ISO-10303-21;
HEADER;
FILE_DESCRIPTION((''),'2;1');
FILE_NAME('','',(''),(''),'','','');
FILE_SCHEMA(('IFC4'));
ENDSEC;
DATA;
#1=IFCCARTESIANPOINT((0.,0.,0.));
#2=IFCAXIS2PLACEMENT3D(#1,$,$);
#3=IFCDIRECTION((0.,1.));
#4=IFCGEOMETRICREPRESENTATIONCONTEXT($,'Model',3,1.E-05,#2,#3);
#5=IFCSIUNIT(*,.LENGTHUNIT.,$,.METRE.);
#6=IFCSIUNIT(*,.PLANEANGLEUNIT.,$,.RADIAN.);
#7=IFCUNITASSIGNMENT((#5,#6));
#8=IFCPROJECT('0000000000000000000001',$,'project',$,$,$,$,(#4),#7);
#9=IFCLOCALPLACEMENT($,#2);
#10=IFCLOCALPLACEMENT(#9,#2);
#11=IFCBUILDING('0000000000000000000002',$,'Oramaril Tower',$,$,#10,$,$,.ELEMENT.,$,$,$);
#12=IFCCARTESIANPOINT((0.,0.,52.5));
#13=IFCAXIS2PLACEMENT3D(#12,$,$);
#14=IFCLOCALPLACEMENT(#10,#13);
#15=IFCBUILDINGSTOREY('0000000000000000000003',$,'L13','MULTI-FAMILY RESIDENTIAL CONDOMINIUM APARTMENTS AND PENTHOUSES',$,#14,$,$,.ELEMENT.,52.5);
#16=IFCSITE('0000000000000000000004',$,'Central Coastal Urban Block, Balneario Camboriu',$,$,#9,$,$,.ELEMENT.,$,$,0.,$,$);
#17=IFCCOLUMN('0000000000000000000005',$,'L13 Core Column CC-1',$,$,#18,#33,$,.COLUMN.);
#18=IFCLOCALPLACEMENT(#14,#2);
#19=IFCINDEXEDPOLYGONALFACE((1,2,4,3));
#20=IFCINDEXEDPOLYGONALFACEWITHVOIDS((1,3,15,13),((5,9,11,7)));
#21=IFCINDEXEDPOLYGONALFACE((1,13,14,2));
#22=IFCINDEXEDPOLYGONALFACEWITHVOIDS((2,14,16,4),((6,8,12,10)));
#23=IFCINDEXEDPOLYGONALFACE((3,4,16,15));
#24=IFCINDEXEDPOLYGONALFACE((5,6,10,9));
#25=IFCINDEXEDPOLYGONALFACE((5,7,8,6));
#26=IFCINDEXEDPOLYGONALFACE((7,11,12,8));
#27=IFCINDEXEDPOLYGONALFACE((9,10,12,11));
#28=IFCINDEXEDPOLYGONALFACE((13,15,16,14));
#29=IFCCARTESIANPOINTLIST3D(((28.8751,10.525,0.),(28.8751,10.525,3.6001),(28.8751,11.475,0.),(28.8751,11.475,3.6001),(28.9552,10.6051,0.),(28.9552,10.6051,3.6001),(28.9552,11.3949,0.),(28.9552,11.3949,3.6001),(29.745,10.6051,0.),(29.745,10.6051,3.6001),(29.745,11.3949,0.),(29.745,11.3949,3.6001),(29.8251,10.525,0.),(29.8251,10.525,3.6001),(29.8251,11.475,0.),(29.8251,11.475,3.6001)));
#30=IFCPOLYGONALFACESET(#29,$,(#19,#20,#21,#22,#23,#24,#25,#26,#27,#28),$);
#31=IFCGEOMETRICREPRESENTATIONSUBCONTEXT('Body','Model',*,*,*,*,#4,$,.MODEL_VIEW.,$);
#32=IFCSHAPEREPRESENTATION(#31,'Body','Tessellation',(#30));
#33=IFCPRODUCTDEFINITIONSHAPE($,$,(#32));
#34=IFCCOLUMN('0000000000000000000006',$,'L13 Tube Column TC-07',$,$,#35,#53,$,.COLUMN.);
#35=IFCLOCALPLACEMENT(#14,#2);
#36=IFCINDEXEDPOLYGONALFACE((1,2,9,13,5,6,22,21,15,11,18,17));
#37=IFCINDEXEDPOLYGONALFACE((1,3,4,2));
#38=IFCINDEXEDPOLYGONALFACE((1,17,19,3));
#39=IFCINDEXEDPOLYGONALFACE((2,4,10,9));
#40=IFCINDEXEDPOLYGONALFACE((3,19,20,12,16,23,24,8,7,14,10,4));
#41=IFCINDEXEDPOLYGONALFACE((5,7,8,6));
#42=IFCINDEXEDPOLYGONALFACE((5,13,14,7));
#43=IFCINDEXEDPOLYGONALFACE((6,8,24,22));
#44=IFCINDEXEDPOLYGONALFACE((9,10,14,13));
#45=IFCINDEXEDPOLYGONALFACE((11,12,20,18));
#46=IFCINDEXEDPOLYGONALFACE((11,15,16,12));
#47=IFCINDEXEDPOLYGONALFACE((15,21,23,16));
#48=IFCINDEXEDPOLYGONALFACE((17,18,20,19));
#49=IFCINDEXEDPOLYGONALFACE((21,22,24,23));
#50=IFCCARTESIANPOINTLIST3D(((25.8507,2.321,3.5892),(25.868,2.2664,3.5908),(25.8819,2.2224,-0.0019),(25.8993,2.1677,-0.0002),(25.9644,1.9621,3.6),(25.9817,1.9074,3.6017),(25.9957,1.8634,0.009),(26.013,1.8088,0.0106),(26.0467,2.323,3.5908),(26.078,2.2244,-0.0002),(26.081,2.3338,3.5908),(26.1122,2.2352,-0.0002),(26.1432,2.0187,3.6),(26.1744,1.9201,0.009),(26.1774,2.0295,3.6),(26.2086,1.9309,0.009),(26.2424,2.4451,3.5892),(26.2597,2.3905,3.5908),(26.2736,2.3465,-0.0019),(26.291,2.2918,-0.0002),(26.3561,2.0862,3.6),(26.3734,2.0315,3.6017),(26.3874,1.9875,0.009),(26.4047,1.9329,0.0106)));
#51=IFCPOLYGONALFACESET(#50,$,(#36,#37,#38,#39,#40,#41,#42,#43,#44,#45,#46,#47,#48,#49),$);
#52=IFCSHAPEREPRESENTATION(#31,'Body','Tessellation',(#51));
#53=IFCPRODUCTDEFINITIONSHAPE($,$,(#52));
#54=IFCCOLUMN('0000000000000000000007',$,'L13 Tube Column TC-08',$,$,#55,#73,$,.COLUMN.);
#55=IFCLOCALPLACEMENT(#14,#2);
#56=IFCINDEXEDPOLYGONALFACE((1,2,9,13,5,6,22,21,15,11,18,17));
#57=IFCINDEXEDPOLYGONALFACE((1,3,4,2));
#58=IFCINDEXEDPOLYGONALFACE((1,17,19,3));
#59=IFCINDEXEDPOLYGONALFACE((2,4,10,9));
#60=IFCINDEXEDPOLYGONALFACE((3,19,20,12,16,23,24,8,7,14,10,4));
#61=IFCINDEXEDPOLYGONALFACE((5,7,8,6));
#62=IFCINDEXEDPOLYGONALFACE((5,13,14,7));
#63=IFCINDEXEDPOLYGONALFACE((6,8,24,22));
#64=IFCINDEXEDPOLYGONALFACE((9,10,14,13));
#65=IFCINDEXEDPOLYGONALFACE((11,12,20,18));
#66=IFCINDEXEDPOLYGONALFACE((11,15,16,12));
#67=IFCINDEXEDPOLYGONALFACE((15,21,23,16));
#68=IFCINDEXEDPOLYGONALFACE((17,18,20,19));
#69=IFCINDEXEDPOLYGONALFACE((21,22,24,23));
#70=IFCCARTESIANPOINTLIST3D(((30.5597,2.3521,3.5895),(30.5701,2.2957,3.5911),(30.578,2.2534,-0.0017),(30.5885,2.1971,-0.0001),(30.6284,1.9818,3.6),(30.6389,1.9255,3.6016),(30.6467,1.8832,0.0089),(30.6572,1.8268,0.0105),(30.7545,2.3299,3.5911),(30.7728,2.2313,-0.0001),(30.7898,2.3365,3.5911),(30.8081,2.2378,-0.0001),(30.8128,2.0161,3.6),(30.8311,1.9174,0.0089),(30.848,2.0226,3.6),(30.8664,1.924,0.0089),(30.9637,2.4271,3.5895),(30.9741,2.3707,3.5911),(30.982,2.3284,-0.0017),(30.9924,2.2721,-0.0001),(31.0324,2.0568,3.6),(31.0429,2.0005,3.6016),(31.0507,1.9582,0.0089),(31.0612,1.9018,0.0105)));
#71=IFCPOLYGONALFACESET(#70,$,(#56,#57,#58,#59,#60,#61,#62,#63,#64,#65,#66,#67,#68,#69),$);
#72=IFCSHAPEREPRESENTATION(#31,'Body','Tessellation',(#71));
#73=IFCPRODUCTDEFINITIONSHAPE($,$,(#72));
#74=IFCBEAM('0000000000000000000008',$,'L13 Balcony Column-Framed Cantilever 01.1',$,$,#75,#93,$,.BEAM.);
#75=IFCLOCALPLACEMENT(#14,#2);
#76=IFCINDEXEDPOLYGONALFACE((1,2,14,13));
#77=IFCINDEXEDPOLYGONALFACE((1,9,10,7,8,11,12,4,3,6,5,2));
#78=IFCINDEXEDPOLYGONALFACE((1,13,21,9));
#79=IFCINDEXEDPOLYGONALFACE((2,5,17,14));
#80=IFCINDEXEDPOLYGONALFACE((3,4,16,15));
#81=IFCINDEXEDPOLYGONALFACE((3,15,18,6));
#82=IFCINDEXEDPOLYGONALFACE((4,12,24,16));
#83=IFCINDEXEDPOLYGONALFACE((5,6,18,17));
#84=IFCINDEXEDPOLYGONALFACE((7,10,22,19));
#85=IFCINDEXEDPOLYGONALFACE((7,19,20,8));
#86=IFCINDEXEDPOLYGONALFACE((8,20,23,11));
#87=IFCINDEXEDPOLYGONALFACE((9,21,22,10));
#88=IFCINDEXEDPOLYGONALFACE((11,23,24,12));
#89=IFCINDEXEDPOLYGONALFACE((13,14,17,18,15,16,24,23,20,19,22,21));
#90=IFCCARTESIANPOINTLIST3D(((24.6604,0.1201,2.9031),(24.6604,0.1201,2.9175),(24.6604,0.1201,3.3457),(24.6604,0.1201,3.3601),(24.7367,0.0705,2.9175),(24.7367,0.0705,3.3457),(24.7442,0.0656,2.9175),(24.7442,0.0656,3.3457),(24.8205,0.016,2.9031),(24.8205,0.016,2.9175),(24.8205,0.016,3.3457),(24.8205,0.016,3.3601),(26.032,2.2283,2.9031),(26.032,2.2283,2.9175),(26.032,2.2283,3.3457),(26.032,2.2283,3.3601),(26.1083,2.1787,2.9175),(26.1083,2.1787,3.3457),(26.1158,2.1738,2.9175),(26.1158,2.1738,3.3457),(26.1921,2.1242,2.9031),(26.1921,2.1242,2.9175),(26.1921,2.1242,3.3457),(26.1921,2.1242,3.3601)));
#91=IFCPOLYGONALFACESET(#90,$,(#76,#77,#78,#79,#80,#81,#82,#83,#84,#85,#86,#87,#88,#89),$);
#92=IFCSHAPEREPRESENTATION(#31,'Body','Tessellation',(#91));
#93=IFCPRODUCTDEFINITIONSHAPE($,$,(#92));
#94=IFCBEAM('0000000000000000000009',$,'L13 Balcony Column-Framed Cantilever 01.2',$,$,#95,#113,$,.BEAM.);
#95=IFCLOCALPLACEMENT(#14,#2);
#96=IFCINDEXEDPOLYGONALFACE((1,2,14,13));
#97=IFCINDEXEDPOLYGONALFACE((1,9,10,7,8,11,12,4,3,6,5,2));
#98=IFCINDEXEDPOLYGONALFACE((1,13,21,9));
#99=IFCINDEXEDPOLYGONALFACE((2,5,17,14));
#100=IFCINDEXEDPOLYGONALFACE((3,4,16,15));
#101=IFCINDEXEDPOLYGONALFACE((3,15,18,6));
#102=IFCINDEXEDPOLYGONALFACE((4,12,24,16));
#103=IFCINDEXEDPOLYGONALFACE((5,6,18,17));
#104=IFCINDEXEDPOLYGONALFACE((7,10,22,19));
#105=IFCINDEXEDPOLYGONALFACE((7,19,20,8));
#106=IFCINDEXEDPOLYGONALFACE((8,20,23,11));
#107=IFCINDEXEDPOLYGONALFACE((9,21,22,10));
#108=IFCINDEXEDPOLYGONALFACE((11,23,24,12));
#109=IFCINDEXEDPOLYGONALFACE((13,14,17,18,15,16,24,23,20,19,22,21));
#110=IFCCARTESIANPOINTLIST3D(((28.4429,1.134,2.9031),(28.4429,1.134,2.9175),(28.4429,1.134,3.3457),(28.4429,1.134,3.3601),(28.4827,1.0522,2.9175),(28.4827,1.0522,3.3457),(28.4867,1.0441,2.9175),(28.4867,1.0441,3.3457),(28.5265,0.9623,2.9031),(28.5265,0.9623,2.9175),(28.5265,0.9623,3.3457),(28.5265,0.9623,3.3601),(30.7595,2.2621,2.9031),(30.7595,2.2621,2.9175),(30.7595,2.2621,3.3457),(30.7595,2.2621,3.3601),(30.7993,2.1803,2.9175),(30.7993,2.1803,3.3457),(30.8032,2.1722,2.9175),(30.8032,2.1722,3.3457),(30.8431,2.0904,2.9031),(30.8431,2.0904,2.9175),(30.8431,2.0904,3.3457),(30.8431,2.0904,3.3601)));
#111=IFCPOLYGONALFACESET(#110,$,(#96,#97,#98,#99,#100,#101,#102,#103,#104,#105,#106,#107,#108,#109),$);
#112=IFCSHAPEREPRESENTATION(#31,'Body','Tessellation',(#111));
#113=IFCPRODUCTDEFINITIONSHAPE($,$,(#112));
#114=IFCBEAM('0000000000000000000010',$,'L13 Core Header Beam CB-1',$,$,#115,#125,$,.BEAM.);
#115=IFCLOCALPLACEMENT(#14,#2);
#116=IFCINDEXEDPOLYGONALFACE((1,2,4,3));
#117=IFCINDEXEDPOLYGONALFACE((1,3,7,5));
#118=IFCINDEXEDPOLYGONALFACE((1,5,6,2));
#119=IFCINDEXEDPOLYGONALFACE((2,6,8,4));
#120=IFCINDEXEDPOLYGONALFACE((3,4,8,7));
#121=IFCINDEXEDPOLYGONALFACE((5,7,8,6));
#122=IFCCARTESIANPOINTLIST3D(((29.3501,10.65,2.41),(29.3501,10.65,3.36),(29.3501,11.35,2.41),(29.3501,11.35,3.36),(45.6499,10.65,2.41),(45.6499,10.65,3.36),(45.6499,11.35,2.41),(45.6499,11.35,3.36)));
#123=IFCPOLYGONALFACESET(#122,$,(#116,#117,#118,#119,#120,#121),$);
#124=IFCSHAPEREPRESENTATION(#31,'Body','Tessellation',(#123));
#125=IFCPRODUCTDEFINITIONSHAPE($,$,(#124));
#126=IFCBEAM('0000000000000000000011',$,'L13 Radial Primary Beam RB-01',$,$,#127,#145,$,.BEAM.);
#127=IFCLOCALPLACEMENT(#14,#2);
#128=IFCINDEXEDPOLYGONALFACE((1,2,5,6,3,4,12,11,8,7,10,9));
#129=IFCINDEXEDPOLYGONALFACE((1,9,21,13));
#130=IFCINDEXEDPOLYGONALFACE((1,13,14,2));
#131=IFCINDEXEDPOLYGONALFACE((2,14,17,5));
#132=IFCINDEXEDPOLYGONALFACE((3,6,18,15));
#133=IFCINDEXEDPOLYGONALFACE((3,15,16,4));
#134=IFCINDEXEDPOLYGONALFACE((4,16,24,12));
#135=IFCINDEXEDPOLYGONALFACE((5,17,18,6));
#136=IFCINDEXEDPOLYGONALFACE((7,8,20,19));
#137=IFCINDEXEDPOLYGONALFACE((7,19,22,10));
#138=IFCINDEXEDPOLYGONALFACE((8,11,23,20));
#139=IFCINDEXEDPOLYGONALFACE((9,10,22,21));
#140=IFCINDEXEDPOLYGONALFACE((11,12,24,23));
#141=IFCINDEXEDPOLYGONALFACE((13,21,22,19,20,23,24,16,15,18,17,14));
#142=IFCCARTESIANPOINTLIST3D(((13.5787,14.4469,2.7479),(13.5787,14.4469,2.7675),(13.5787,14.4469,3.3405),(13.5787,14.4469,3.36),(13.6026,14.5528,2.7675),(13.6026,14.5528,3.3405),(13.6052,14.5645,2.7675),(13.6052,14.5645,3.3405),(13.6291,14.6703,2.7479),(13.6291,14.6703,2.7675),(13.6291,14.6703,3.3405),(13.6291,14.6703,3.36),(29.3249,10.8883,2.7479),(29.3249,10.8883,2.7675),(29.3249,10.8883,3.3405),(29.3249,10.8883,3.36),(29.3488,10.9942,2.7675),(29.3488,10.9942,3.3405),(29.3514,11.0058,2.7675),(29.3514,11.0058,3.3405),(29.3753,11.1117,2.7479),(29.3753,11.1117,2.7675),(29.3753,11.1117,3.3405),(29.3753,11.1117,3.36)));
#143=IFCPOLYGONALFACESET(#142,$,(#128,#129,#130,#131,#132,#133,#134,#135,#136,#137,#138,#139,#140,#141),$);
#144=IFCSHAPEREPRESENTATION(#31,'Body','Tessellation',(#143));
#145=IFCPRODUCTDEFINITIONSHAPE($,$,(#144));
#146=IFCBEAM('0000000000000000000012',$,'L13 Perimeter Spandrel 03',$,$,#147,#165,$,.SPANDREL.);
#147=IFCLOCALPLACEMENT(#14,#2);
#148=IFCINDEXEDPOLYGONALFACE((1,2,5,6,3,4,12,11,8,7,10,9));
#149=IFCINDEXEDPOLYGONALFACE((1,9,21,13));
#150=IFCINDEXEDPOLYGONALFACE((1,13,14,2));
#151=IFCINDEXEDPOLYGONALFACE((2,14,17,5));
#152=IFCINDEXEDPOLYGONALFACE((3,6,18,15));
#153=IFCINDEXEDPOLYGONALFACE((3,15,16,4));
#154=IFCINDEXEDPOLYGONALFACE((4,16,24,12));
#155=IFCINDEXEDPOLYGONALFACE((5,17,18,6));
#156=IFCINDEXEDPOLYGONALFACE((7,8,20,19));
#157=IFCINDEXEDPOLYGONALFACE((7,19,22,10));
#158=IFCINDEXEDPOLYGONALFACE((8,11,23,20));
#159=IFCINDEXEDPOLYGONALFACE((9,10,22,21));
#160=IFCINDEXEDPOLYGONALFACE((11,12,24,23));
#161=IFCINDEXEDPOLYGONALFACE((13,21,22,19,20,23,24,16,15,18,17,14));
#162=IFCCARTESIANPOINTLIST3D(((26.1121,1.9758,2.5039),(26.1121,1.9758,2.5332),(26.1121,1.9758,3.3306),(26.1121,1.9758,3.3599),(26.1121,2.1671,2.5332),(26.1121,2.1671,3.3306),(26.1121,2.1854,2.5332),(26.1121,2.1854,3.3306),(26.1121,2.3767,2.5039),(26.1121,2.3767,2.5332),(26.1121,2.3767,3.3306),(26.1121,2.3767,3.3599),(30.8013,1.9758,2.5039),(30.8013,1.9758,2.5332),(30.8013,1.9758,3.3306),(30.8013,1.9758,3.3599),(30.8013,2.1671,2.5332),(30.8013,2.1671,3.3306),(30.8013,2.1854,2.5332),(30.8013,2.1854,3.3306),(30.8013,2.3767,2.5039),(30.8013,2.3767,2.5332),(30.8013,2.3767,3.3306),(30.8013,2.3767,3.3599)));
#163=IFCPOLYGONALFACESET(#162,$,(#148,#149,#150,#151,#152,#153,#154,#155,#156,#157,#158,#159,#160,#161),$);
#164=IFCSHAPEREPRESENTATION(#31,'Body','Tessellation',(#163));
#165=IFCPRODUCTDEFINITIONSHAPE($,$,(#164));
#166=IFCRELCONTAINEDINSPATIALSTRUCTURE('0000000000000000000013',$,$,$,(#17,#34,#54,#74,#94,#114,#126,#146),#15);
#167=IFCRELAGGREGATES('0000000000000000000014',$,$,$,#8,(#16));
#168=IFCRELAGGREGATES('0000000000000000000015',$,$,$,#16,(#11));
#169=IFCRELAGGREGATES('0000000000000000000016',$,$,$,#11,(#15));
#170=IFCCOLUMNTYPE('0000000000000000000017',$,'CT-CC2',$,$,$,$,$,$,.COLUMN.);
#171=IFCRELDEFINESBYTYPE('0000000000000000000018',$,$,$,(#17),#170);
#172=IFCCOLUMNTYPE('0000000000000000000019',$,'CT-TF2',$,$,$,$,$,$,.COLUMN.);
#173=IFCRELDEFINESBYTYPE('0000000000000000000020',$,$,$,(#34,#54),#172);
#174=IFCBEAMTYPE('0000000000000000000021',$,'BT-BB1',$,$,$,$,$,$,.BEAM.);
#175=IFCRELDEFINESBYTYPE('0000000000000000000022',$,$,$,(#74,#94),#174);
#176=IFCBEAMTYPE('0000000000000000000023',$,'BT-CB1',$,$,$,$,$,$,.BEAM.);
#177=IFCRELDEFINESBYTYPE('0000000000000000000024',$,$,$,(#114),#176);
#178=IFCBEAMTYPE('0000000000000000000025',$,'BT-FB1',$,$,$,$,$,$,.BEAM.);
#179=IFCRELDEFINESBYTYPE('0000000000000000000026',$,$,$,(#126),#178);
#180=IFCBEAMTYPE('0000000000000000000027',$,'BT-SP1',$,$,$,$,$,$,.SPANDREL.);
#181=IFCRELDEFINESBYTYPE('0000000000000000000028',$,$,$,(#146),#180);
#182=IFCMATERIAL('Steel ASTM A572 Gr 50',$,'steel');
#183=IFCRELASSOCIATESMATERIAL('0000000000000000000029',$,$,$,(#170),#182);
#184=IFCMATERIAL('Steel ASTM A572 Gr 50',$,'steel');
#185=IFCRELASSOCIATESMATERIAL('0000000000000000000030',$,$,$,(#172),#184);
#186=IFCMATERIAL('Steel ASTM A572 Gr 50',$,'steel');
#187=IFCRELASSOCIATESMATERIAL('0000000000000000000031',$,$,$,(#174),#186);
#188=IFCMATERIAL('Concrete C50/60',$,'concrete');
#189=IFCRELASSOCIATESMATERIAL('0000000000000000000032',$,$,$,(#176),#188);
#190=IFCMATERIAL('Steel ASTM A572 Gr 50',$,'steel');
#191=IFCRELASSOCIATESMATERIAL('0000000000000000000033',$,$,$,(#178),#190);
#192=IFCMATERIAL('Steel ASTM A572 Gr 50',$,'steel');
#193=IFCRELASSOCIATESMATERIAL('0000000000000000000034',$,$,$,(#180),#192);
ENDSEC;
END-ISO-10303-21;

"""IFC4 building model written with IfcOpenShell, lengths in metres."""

from ifc_helpers import new_model, si_unit, direction, frame, origin, origin_2d, place, context, subcontext, project, spatial, rectangle, hollow_rectangle, i_section, extrude, material, material_profile, profile_set, type_object, element, save


model = new_model("IFC4")

# Units and contexts
model_context = context("Model", 3, precision=1e-05, world=origin(), true_north=direction((0.0, 1.0)))
body_context = subcontext(model_context, "Body", "Model", "MODEL_VIEW")
ifc_project = project(units=[si_unit("LENGTHUNIT", "METRE"), si_unit("PLANEANGLEUNIT", "RADIAN")], contexts=[model_context])

# Site, building, storey
site_placement = place(None, origin())
site = spatial("IfcSite", under=ifc_project, at=site_placement, Name="Central Coastal Urban Block, Balneario Camboriu", CompositionType="ELEMENT", RefElevation=0.0)
building_placement = place(site_placement, origin())
building = spatial("IfcBuilding", under=site, at=building_placement, Name="Oramaril Tower", CompositionType="ELEMENT")
storey_placement = place(building_placement, frame((0.0, 0.0, 52.5)))
storey = spatial("IfcBuildingStorey", under=building, at=storey_placement, Name="L13", Description="MULTI-FAMILY RESIDENTIAL CONDOMINIUM APARTMENTS AND PENTHOUSES", CompositionType="ELEMENT", Elevation=52.5)

# Columns
ifc_material_1 = material(Name="Steel ASTM A572 Gr 50", Category="steel")
ifc_material_profile_1 = material_profile(ifc_material_1, hollow_rectangle(XDim=0.95, YDim=0.95, WallThickness=0.0801, at=origin_2d()), Name="BOX950X950X80")
ifc_profile_set_1 = profile_set([ifc_material_profile_1], Name="Steel ASTM A572 Gr 50")
column_type_1 = type_object("IfcColumnType", Name="CT-CC2", PredefinedType="COLUMN", material=ifc_profile_set_1)
column_placement = place(storey_placement, frame((29.3501, 11.0, 0.0), z_axis=(0.0, 0.0, 1.0), x_axis=(1.0, 0.0, 0.0)))
element("IfcColumn", 1, at=column_placement, inside=storey, type_object=column_type_1, Name="L13 Core Column CC-1", PredefinedType="COLUMN", context=body_context, shape_type="SweptSolid", body=[
    extrude(hollow_rectangle(XDim=0.95, YDim=0.95, WallThickness=0.0801, at=origin_2d()), origin(), (0.0, 0.0, 1.0), 3.6001),
])
ifc_material_2 = material(Name="Steel ASTM A572 Gr 50", Category="steel")
ifc_material_profile_2 = material_profile(ifc_material_2, i_section(OverallWidth=0.4109, OverallDepth=0.4341, WebThickness=0.0359, FlangeThickness=0.0574, at=origin_2d()), Name="W14X311")
ifc_profile_set_2 = profile_set([ifc_material_profile_2], Name="Steel ASTM A572 Gr 50")
column_type_2 = type_object("IfcColumnType", Name="CT-TF2", PredefinedType="COLUMN", material=ifc_profile_set_2)
for number, where, z_axis, x_axis, name in (
    (2, (26.1433, 2.0776, 0.0044), (-0.008699, 0.027455, 0.999585), (-0.953297, -0.302035, 0.0), "L13 Tube Column TC-07"),
    (3, (30.8196, 2.0776, 0.0044), (-0.005097, 0.027455, 0.99961), (-0.983201, -0.182525, 0.0), "L13 Tube Column TC-08"),
):
    element("IfcColumn", number, at=place(storey_placement, frame(where, z_axis=z_axis, x_axis=x_axis)), inside=storey, type_object=column_type_2, Name=name, PredefinedType="COLUMN", context=body_context, shape_type="SweptSolid", body=[
        extrude(i_section(OverallWidth=0.4109, OverallDepth=0.4341, WebThickness=0.0359, FlangeThickness=0.0574, at=origin_2d()), origin(), (0.0, 0.0, 1.0), 3.5925),
    ])

# Beams
ifc_material_3 = material(Name="Steel ASTM A572 Gr 50", Category="steel")
ifc_material_profile_3 = material_profile(ifc_material_3, i_section(OverallWidth=0.1909, OverallDepth=0.457, WebThickness=0.009, FlangeThickness=0.0144, at=origin_2d()), Name="W18X50")
ifc_profile_set_3 = profile_set([ifc_material_profile_3], Name="Steel ASTM A572 Gr 50")
beam_type_1 = type_object("IfcBeamType", Name="BT-BB1", PredefinedType="BEAM", material=ifc_profile_set_3)
beam_1_placement = place(storey_placement, frame((26.1121, 2.1763, 3.1316), z_axis=(-0.545347, -0.838211, 0.0), x_axis=(0.838211, -0.545347, 0.0)))
element("IfcBeam", 4, at=beam_1_placement, inside=storey, type_object=beam_type_1, Name="L13 Balcony Column-Framed Cantilever 01.1", PredefinedType="BEAM", context=body_context, shape_type="SweptSolid", body=[
    extrude(i_section(OverallWidth=0.1909, OverallDepth=0.457, WebThickness=0.009, FlangeThickness=0.0144, at=origin_2d()), origin(), (0.0, 0.0, 1.0), 2.5151),
])
beam_2_placement = place(storey_placement, frame((30.8013, 2.1763, 3.1316), z_axis=(-0.899059, -0.437828, 0.0), x_axis=(0.437828, -0.899059, 0.0)))
element("IfcBeam", 5, at=beam_2_placement, inside=storey, type_object=beam_type_1, Name="L13 Balcony Column-Framed Cantilever 01.2", PredefinedType="BEAM", context=body_context, shape_type="SweptSolid", body=[
    extrude(i_section(OverallWidth=0.1909, OverallDepth=0.457, WebThickness=0.009, FlangeThickness=0.0144, at=origin_2d()), origin(), (0.0, 0.0, 1.0), 2.5767),
])
ifc_material_4 = material(Name="Concrete C50/60", Category="concrete")
ifc_material_profile_4 = material_profile(ifc_material_4, rectangle(XDim=0.7, YDim=0.95, at=origin_2d()), Name="CB700X950")
ifc_profile_set_4 = profile_set([ifc_material_profile_4], Name="Concrete C50/60")
beam_type_2 = type_object("IfcBeamType", Name="BT-CB1", PredefinedType="BEAM", material=ifc_profile_set_4)
beam_3_placement = place(storey_placement, frame((29.3501, 11.0, 2.885), z_axis=(1.0, 0.0, 0.0), x_axis=(0.0, 1.0, 0.0)))
element("IfcBeam", 6, at=beam_3_placement, inside=storey, type_object=beam_type_2, Name="L13 Core Header Beam CB-1", PredefinedType="BEAM", context=body_context, shape_type="SweptSolid", body=[
    extrude(rectangle(XDim=0.7, YDim=0.95, at=origin_2d()), origin(), (0.0, 0.0, 1.0), 16.2998),
])
ifc_material_5 = material(Name="Steel ASTM A572 Gr 50", Category="steel")
ifc_material_profile_5 = material_profile(ifc_material_5, i_section(OverallWidth=0.229, OverallDepth=0.6121, WebThickness=0.012, FlangeThickness=0.0195, at=origin_2d()), Name="W24X84")
ifc_profile_set_5 = profile_set([ifc_material_profile_5], Name="Steel ASTM A572 Gr 50")
beam_type_3 = type_object("IfcBeamType", Name="BT-FB1", PredefinedType="BEAM", material=ifc_profile_set_5)
beam_4_placement = place(storey_placement, frame((29.3501, 11.0, 3.054), z_axis=(-0.975401, 0.220439, 0.0), x_axis=(-0.220439, -0.975401, 0.0)))
element("IfcBeam", 7, at=beam_4_placement, inside=storey, type_object=beam_type_3, Name="L13 Radial Primary Beam RB-01", PredefinedType="BEAM", context=body_context, shape_type="SweptSolid", body=[
    extrude(i_section(OverallWidth=0.229, OverallDepth=0.6121, WebThickness=0.012, FlangeThickness=0.0195, at=origin_2d()), origin(), (0.0, 0.0, 1.0), 16.1433),
])
ifc_material_6 = material(Name="Steel ASTM A572 Gr 50", Category="steel")
ifc_material_profile_6 = material_profile(ifc_material_6, i_section(OverallWidth=0.4009, OverallDepth=0.856, WebThickness=0.0183, FlangeThickness=0.0293, at=origin_2d()), Name="W33X201")
ifc_profile_set_6 = profile_set([ifc_material_profile_6], Name="Steel ASTM A572 Gr 50")
beam_type_4 = type_object("IfcBeamType", Name="BT-SP1", PredefinedType="SPANDREL", material=ifc_profile_set_6)
beam_5_placement = place(storey_placement, frame((26.1121, 2.1763, 2.9319), z_axis=(1.0, 0.0, 0.0), x_axis=(0.0, 1.0, 0.0)))
element("IfcBeam", 8, at=beam_5_placement, inside=storey, type_object=beam_type_4, Name="L13 Perimeter Spandrel 03", PredefinedType="SPANDREL", context=body_context, shape_type="SweptSolid", body=[
    extrude(i_section(OverallWidth=0.4009, OverallDepth=0.856, WebThickness=0.0183, FlangeThickness=0.0293, at=origin_2d()), origin(), (0.0, 0.0, 1.0), 4.6892),
])

save(model, "model.ifc")
